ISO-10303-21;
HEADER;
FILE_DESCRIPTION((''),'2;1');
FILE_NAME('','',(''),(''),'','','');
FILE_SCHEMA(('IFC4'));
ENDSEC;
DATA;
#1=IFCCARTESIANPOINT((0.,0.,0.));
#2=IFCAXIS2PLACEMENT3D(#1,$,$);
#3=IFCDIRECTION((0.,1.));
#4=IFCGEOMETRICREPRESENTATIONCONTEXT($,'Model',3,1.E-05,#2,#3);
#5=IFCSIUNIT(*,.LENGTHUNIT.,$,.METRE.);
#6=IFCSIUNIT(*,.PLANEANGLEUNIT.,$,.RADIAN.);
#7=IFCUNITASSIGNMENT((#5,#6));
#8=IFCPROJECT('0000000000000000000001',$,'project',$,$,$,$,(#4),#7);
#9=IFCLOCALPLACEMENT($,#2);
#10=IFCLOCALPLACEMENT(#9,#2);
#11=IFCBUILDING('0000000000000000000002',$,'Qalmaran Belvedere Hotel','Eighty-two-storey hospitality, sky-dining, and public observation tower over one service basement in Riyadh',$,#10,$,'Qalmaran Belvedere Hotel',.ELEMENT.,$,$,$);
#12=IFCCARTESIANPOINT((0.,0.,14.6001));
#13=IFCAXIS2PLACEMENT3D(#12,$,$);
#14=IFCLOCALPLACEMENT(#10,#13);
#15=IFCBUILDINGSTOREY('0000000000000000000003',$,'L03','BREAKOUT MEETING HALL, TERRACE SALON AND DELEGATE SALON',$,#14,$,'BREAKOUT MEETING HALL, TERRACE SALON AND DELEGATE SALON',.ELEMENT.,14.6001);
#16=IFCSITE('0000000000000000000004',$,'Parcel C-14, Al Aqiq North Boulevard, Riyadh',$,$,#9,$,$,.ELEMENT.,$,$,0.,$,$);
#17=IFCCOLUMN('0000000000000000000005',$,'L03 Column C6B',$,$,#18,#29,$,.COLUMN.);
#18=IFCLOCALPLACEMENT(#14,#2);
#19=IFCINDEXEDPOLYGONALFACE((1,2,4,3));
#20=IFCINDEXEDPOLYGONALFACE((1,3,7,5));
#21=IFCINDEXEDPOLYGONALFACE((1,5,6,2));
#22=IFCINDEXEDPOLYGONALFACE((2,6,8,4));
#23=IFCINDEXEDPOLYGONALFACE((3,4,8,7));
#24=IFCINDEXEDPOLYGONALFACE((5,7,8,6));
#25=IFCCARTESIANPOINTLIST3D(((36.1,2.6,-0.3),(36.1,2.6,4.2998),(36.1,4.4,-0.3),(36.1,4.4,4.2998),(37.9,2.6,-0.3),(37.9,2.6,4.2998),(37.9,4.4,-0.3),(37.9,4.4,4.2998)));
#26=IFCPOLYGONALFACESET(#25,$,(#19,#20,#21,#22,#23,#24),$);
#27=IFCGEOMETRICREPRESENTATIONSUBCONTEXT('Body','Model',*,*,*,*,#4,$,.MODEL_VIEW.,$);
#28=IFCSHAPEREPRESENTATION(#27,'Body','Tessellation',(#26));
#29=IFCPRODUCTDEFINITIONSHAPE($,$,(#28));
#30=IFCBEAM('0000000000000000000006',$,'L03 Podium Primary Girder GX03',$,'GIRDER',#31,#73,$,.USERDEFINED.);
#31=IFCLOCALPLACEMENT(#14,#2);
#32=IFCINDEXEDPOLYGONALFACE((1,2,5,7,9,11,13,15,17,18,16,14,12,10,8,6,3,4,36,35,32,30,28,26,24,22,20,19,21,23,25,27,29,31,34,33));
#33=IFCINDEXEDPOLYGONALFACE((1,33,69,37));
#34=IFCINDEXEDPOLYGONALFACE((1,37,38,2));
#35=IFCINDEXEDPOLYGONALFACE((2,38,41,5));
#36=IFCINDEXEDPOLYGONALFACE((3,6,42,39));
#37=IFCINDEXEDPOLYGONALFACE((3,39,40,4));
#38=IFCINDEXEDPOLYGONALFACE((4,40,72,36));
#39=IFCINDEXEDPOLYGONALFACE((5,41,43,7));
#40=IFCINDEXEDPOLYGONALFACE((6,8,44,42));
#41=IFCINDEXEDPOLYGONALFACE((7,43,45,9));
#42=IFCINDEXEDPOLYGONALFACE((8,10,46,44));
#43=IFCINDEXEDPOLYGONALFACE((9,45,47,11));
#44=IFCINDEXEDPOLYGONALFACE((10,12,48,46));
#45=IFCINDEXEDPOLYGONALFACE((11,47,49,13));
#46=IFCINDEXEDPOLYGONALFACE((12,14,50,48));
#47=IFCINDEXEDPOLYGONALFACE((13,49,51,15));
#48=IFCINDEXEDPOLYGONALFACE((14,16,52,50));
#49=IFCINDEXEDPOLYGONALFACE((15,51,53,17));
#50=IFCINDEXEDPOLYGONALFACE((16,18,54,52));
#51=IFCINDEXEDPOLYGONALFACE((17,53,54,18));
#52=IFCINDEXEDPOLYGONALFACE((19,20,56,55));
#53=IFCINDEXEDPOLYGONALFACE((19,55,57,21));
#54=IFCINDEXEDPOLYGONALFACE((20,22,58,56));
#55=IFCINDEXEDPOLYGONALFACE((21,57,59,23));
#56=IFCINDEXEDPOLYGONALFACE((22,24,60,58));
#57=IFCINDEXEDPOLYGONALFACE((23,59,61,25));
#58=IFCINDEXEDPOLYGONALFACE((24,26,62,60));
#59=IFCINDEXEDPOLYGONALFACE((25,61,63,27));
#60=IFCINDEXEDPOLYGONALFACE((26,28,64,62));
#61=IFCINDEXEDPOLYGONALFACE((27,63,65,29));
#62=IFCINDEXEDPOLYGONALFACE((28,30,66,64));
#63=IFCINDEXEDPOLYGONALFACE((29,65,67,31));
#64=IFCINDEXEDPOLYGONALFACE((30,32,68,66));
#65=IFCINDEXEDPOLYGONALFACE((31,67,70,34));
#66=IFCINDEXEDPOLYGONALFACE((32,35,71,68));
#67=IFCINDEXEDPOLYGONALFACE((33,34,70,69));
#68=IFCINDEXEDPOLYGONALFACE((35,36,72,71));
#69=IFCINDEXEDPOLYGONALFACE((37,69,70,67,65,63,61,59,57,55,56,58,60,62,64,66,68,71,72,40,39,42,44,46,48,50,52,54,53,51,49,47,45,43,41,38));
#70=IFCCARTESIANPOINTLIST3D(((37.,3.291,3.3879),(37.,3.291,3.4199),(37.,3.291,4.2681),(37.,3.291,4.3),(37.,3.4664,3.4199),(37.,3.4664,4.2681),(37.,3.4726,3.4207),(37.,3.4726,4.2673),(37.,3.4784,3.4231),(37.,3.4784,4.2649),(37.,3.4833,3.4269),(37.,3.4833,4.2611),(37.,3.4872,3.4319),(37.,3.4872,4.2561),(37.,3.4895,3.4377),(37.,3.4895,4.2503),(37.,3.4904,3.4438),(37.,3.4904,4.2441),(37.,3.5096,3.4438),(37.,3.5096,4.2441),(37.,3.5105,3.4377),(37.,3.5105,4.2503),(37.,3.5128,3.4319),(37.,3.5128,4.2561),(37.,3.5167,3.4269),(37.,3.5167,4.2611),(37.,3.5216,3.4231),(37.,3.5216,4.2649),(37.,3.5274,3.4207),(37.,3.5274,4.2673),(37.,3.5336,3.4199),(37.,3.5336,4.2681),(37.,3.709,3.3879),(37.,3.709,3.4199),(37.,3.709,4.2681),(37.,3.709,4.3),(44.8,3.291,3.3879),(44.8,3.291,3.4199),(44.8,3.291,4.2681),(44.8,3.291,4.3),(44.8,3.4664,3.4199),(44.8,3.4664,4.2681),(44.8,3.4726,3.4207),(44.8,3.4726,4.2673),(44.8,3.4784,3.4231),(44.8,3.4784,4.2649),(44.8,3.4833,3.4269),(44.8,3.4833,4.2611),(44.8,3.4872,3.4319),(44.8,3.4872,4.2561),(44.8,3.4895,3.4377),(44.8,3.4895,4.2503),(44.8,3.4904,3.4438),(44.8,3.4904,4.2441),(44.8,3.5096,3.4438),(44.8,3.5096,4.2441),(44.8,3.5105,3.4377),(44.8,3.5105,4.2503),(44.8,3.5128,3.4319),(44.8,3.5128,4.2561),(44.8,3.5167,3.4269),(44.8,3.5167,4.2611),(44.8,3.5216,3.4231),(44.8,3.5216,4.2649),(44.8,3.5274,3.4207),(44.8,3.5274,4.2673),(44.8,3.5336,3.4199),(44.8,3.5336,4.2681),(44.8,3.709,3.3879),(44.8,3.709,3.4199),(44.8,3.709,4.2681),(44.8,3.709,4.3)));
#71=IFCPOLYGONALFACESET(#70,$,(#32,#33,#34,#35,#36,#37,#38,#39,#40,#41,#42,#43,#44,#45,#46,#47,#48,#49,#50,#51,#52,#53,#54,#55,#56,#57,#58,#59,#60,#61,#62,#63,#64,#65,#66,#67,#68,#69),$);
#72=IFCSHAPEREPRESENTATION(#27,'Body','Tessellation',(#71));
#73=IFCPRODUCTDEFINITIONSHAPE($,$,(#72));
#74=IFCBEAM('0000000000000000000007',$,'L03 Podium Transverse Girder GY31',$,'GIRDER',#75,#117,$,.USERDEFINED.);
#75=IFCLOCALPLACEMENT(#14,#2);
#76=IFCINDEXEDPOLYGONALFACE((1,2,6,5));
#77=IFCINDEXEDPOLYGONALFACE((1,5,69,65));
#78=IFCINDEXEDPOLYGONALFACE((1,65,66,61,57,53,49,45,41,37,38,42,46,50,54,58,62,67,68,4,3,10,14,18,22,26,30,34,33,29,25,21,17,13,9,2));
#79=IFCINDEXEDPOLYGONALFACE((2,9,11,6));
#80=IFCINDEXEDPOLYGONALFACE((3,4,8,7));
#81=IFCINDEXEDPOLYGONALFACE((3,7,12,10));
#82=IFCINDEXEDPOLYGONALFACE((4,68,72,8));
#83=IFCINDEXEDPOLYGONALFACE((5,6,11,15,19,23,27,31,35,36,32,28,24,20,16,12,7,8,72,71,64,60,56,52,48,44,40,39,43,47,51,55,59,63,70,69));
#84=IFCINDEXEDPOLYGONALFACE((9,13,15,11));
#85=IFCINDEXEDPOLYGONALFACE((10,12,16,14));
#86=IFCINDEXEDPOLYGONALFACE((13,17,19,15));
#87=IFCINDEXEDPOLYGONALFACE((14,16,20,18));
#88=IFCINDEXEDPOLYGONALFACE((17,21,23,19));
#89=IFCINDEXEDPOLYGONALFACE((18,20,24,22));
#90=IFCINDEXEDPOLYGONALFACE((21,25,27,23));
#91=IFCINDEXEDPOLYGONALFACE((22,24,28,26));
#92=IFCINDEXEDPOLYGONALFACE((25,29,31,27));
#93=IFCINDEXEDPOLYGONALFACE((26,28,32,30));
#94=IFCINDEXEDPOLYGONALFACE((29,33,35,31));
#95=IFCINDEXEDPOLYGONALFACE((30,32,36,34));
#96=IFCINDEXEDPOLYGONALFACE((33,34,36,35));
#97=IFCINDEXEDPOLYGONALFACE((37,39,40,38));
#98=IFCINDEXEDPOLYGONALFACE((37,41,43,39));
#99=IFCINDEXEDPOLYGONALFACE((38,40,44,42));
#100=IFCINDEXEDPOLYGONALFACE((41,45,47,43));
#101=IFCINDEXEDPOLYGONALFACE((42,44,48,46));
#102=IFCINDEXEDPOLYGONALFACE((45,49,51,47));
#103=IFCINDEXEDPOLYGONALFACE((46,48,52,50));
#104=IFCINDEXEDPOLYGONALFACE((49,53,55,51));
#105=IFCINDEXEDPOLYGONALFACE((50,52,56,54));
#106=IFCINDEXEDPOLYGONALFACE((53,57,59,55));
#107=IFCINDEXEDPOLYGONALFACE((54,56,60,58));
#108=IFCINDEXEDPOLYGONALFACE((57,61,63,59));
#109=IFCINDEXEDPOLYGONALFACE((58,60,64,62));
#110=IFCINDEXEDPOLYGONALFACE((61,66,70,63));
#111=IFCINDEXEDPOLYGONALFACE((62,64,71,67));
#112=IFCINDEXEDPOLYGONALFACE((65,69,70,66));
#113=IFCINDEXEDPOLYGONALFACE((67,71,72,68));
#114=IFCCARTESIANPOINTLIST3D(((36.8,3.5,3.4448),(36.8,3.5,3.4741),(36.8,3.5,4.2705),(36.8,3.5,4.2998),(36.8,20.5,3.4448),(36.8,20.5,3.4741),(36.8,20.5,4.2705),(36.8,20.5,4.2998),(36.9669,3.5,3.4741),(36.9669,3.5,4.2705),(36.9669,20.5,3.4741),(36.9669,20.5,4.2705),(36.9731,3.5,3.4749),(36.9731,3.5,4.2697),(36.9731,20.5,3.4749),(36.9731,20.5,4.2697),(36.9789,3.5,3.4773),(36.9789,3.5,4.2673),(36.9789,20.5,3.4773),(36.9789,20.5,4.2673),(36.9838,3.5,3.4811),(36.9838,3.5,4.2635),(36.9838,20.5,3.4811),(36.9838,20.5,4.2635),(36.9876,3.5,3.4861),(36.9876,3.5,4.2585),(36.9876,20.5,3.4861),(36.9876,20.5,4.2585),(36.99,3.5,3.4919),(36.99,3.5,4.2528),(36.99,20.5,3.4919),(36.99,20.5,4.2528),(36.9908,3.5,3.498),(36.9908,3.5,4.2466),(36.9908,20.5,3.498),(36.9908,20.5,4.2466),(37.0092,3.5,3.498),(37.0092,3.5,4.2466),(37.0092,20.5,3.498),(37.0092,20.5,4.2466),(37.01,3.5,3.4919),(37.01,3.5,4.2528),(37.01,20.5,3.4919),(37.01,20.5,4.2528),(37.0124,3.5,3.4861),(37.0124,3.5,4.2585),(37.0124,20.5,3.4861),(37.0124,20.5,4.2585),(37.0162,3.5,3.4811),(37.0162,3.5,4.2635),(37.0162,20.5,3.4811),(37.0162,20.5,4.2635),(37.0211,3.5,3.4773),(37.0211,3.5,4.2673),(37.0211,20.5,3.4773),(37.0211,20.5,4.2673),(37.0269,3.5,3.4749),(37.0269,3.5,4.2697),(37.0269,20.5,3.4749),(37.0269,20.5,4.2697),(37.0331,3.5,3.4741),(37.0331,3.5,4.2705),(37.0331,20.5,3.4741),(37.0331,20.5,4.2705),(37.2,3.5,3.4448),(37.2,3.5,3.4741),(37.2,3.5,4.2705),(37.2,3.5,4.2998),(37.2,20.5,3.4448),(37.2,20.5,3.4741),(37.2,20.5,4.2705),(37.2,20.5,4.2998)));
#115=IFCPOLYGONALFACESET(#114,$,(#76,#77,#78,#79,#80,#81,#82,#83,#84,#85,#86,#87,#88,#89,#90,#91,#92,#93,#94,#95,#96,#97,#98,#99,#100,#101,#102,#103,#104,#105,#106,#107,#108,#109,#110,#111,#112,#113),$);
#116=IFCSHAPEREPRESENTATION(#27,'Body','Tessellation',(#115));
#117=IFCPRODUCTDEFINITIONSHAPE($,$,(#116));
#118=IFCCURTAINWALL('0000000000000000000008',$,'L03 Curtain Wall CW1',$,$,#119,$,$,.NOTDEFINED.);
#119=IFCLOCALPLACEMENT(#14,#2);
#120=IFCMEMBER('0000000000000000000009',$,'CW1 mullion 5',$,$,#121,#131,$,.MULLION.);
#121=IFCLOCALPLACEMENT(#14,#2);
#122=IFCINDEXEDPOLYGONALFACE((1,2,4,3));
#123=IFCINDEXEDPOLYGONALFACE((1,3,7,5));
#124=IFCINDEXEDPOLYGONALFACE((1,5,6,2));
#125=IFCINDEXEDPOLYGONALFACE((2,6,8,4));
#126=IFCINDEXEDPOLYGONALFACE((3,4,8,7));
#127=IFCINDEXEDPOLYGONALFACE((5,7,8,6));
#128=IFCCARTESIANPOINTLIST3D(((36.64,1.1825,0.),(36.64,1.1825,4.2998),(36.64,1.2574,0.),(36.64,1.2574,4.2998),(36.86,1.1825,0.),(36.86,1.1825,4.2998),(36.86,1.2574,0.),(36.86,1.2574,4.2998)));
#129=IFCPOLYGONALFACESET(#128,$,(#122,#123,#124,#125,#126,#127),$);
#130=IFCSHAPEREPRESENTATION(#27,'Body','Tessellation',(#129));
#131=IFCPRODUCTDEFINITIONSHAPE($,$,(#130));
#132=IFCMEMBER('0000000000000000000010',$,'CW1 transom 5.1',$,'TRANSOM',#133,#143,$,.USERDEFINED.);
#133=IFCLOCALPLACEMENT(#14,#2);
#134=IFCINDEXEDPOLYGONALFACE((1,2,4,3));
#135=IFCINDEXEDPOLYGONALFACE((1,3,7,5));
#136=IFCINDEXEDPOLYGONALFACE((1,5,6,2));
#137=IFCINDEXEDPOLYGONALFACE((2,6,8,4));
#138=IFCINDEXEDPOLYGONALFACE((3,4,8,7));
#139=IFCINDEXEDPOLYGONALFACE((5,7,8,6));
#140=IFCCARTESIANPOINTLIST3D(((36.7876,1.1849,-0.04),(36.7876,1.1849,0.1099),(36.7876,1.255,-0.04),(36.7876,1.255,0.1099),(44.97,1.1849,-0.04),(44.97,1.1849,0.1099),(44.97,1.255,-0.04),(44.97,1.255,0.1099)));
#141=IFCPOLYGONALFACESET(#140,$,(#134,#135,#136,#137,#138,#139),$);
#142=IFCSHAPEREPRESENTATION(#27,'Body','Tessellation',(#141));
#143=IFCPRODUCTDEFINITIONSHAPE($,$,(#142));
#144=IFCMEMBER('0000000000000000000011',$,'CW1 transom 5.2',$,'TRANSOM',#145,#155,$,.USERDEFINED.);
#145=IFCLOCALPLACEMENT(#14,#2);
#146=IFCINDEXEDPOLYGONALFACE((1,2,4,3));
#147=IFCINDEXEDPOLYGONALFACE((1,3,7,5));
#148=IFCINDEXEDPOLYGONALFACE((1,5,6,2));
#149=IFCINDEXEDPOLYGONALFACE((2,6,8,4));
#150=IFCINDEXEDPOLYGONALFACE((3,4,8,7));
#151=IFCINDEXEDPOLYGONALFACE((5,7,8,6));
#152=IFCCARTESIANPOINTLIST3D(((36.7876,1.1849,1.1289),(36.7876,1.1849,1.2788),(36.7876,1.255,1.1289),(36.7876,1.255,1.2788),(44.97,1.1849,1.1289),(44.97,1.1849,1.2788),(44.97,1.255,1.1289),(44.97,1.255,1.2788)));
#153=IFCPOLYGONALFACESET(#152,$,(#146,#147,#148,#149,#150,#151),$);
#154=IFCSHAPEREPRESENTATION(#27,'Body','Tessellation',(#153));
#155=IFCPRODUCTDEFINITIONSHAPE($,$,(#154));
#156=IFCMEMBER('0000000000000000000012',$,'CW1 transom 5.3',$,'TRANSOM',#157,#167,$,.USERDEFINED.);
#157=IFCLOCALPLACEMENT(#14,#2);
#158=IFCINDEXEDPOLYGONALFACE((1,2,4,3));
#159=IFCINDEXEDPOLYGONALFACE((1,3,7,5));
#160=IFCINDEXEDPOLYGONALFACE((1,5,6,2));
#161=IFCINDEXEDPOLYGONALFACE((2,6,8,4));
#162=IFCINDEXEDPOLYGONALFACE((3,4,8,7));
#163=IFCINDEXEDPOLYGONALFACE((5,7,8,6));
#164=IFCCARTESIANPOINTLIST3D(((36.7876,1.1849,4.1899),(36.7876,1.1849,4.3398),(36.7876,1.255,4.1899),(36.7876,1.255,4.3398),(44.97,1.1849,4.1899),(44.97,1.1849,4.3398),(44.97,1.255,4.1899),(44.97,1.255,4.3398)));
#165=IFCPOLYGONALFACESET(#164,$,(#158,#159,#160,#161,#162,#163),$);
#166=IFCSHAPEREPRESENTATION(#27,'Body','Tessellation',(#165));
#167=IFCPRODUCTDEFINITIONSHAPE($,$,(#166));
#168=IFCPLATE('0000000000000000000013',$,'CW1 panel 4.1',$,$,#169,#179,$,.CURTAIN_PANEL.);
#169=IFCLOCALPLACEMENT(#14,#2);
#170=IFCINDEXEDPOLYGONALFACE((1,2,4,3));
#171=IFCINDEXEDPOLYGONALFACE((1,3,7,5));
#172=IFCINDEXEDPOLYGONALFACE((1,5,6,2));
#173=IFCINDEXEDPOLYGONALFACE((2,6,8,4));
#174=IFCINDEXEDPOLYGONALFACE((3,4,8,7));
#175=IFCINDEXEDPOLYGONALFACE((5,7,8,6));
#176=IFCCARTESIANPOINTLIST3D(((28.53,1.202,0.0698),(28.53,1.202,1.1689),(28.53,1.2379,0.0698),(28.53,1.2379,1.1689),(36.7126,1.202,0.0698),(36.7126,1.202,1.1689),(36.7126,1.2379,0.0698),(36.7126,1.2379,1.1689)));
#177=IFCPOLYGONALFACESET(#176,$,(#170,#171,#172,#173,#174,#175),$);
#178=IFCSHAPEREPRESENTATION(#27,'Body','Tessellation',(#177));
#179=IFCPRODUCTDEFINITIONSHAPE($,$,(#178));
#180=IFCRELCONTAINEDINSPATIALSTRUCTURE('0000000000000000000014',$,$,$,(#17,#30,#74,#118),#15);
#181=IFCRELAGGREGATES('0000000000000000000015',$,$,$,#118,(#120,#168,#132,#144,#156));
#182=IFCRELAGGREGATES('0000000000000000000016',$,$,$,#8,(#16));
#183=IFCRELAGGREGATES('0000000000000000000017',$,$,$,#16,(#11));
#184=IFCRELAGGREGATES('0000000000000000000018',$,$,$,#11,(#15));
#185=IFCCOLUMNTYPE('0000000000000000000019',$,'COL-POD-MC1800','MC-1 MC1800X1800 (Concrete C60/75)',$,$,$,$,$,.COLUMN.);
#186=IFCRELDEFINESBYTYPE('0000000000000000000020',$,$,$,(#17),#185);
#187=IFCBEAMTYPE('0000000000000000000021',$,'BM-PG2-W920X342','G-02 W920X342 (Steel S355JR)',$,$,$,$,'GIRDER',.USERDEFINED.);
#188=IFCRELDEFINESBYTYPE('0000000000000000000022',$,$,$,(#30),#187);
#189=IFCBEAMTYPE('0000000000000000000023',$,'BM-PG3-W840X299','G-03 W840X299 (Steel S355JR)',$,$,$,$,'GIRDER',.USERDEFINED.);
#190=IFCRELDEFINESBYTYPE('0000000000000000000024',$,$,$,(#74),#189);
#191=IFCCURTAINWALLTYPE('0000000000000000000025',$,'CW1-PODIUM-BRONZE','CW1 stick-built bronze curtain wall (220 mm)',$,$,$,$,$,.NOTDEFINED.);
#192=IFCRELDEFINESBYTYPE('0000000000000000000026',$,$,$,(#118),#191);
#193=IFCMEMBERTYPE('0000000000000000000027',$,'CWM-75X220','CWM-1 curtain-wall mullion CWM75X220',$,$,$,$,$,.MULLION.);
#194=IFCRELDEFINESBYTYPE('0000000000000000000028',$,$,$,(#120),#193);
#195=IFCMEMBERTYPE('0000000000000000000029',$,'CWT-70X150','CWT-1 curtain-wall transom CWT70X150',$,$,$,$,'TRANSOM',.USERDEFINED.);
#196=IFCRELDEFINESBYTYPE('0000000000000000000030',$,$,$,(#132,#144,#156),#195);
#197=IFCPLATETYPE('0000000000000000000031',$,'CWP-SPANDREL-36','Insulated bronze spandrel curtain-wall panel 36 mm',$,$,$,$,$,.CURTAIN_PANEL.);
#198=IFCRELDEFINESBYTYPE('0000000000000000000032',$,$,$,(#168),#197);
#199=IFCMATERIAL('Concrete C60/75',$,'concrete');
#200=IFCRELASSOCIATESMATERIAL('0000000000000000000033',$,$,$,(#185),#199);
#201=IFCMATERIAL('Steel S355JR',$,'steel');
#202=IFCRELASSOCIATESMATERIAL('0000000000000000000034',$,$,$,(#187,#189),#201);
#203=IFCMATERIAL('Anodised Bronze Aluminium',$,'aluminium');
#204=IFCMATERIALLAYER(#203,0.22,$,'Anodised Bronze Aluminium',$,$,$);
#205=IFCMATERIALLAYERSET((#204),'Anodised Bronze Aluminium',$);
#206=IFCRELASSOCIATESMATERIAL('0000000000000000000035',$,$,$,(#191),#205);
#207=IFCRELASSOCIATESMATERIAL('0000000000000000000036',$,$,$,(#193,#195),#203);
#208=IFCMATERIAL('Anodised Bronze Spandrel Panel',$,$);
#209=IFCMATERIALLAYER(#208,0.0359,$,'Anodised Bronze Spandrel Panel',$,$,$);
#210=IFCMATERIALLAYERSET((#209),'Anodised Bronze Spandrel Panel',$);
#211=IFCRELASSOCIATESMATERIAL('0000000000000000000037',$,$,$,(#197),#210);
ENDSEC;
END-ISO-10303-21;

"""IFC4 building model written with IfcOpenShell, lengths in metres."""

from ifc_helpers import new_model, si_unit, direction, frame, origin, origin_2d, place, context, subcontext, project, spatial, rectangle, i_section, extrude, material, layer, layer_set, material_profile, profile_set, type_object, element, aggregate, save


model = new_model("IFC4")

# Units and contexts
model_context = context("Model", 3, precision=1e-05, world=origin(), true_north=direction((0.0, 1.0)))
body_context = subcontext(model_context, "Body", "Model", "MODEL_VIEW")
ifc_project = project(units=[si_unit("LENGTHUNIT", "METRE"), si_unit("PLANEANGLEUNIT", "RADIAN")], contexts=[model_context])

# Site, building, storey
site_placement = place(None, origin())
site = spatial("IfcSite", under=ifc_project, at=site_placement, Name="Parcel C-14, Al Aqiq North Boulevard, Riyadh", CompositionType="ELEMENT", RefElevation=0.0)
building_placement = place(site_placement, origin())
building = spatial("IfcBuilding", under=site, at=building_placement, Name="Qalmaran Belvedere Hotel", Description="Eighty-two-storey hospitality, sky-dining, and public observation tower over one service basement in Riyadh", LongName="Qalmaran Belvedere Hotel", CompositionType="ELEMENT")
storey_placement = place(building_placement, frame((0.0, 0.0, 14.6001)))
storey = spatial("IfcBuildingStorey", under=building, at=storey_placement, Name="L03", Description="BREAKOUT MEETING HALL, TERRACE SALON AND DELEGATE SALON", LongName="BREAKOUT MEETING HALL, TERRACE SALON AND DELEGATE SALON", CompositionType="ELEMENT", Elevation=14.6001)

# Column
ifc_material_1 = material(Name="Concrete C60/75", Category="concrete")
ifc_material_profile_1 = material_profile(ifc_material_1, rectangle(XDim=1.8, YDim=1.8, at=origin_2d()), Name="MC1800X1800")
ifc_profile_set_1 = profile_set([ifc_material_profile_1], Name="Concrete C60/75")
column_type = type_object("IfcColumnType", Name="COL-POD-MC1800", Description="MC-1 MC1800X1800 (Concrete C60/75)", PredefinedType="COLUMN", material=ifc_profile_set_1)
column_placement = place(storey_placement, frame((37.0, 3.5, -0.3), z_axis=(0.0, 0.0, 1.0), x_axis=(1.0, 0.0, 0.0)))
element("IfcColumn", 1, at=column_placement, inside=storey, type_object=column_type, Name="L03 Column C6B", PredefinedType="COLUMN", context=body_context, shape_type="SweptSolid", body=[
    extrude(rectangle(XDim=1.8, YDim=1.8, at=origin_2d()), origin(), (0.0, 0.0, 1.0), 4.5999),
])

# Beams
ifc_material_2 = material(Name="Steel S355JR", Category="steel")
ifc_material_profile_2 = material_profile(ifc_material_2, i_section(OverallWidth=0.418, OverallDepth=0.9121, WebThickness=0.0193, FlangeThickness=0.032, FilletRadius=0.0239, at=origin_2d()), Name="W920X342")
ifc_profile_set_2 = profile_set([ifc_material_profile_2], Name="Steel S355JR")
beam_type_1 = type_object("IfcBeamType", Name="BM-PG2-W920X342", Description="G-02 W920X342 (Steel S355JR)", ElementType="GIRDER", PredefinedType="USERDEFINED", material=ifc_profile_set_2)
beam_1_placement = place(storey_placement, frame((37.0, 3.5, 3.844), z_axis=(1.0, 0.0, 0.0), x_axis=(0.0, 1.0, 0.0)))
element("IfcBeam", 2, at=beam_1_placement, inside=storey, type_object=beam_type_1, Name="L03 Podium Primary Girder GX03", ObjectType="GIRDER", PredefinedType="USERDEFINED", context=body_context, shape_type="SweptSolid", body=[
    extrude(i_section(OverallWidth=0.418, OverallDepth=0.9121, WebThickness=0.0193, FlangeThickness=0.032, FilletRadius=0.0239, at=origin_2d()), origin(), (0.0, 0.0, 1.0), 7.8),
])
ifc_material_profile_3 = material_profile(ifc_material_2, i_section(OverallWidth=0.3999, OverallDepth=0.855, WebThickness=0.0183, FlangeThickness=0.0293, FilletRadius=0.0239, at=origin_2d()), Name="W840X299")
ifc_profile_set_3 = profile_set([ifc_material_profile_3], Name="Steel S355JR")
beam_type_2 = type_object("IfcBeamType", Name="BM-PG3-W840X299", Description="G-03 W840X299 (Steel S355JR)", ElementType="GIRDER", PredefinedType="USERDEFINED", material=ifc_profile_set_3)
beam_2_placement = place(storey_placement, frame((37.0, 3.5, 3.8723), z_axis=(0.0, 1.0, 0.0), x_axis=(-1.0, 0.0, 0.0)))
element("IfcBeam", 3, at=beam_2_placement, inside=storey, type_object=beam_type_2, Name="L03 Podium Transverse Girder GY31", ObjectType="GIRDER", PredefinedType="USERDEFINED", context=body_context, shape_type="SweptSolid", body=[
    extrude(i_section(OverallWidth=0.3999, OverallDepth=0.855, WebThickness=0.0183, FlangeThickness=0.0293, FilletRadius=0.0239, at=origin_2d()), origin(), (0.0, 0.0, 1.0), 17.0),
])

# Curtain wall, members, plate
ifc_material_3 = material(Name="Anodised Bronze Aluminium", Category="aluminium")
ifc_layer_1 = layer(ifc_material_3, 0.22, Name="Anodised Bronze Aluminium")
ifc_layer_set_1 = layer_set([ifc_layer_1], Name="Anodised Bronze Aluminium")
curtain_wall_type = type_object("IfcCurtainWallType", Name="CW1-PODIUM-BRONZE", Description="CW1 stick-built bronze curtain wall (220 mm)", PredefinedType="NOTDEFINED", material=ifc_layer_set_1)
curtain_wall_placement = place(storey_placement, origin())
curtain_wall = element("IfcCurtainWall", 4, at=curtain_wall_placement, inside=storey, type_object=curtain_wall_type, Name="L03 Curtain Wall CW1", PredefinedType="NOTDEFINED")
ifc_material_profile_4 = material_profile(ifc_material_3, rectangle(XDim=0.075, YDim=0.22, at=origin_2d()), Name="CWM75X220")
ifc_profile_set_4 = profile_set([ifc_material_profile_4], Name="Anodised Bronze Aluminium")
member_type_1 = type_object("IfcMemberType", Name="CWM-75X220", Description="CWM-1 curtain-wall mullion CWM75X220", PredefinedType="MULLION", material=ifc_profile_set_4)
member_1_placement = place(storey_placement, frame((36.75, 1.22, 0.0), z_axis=(0.0, 0.0, 1.0), x_axis=(0.0, 1.0, 0.0)))
member_1 = element("IfcMember", 5, at=member_1_placement, type_object=member_type_1, Name="CW1 mullion 5", PredefinedType="MULLION", context=body_context, shape_type="SweptSolid", body=[
    extrude(rectangle(XDim=0.075, YDim=0.22, at=origin_2d()), origin(), (0.0, 0.0, 1.0), 4.2998),
])
ifc_material_profile_5 = material_profile(ifc_material_3, rectangle(XDim=0.0701, YDim=0.1499, at=origin_2d()), Name="CWT70X150")
ifc_profile_set_5 = profile_set([ifc_material_profile_5], Name="Anodised Bronze Aluminium")
member_type_2 = type_object("IfcMemberType", Name="CWT-70X150", Description="CWT-1 curtain-wall transom CWT70X150", ElementType="TRANSOM", PredefinedType="USERDEFINED", material=ifc_profile_set_5)
member_2_placement = place(storey_placement, frame((36.7876, 1.22, 0.0349), z_axis=(1.0, 0.0, 0.0), x_axis=(0.0, 1.0, 0.0)))
member_2 = element("IfcMember", 6, at=member_2_placement, type_object=member_type_2, Name="CW1 transom 5.1", ObjectType="TRANSOM", PredefinedType="USERDEFINED", context=body_context, shape_type="SweptSolid", body=[
    extrude(rectangle(XDim=0.0701, YDim=0.1499, at=origin_2d()), origin(), (0.0, 0.0, 1.0), 8.1824),
])
member_3_placement = place(storey_placement, frame((36.7876, 1.22, 1.2039), z_axis=(1.0, 0.0, 0.0), x_axis=(0.0, 1.0, 0.0)))
member_3 = element("IfcMember", 7, at=member_3_placement, type_object=member_type_2, Name="CW1 transom 5.2", ObjectType="TRANSOM", PredefinedType="USERDEFINED", context=body_context, shape_type="SweptSolid", body=[
    extrude(rectangle(XDim=0.0701, YDim=0.1499, at=origin_2d()), origin(), (0.0, 0.0, 1.0), 8.1824),
])
member_4_placement = place(storey_placement, frame((36.7876, 1.22, 4.2649), z_axis=(1.0, 0.0, 0.0), x_axis=(0.0, 1.0, 0.0)))
member_4 = element("IfcMember", 8, at=member_4_placement, type_object=member_type_2, Name="CW1 transom 5.3", ObjectType="TRANSOM", PredefinedType="USERDEFINED", context=body_context, shape_type="SweptSolid", body=[
    extrude(rectangle(XDim=0.0701, YDim=0.1499, at=origin_2d()), origin(), (0.0, 0.0, 1.0), 8.1824),
])
ifc_material_4 = material(Name="Anodised Bronze Spandrel Panel")
ifc_layer_2 = layer(ifc_material_4, 0.0359, Name="Anodised Bronze Spandrel Panel")
ifc_layer_set_2 = layer_set([ifc_layer_2], Name="Anodised Bronze Spandrel Panel")
plate_type_1 = type_object("IfcPlateType", Name="CWP-SPANDREL-36", Description="Insulated bronze spandrel curtain-wall panel 36 mm", PredefinedType="CURTAIN_PANEL", material=ifc_layer_set_2)
plate_1_placement = place(storey_placement, frame((32.6213, 1.22, 0.0698), z_axis=(0.0, 0.0, 1.0), x_axis=(1.0, 0.0, 0.0)))
plate_1 = element("IfcPlate", 9, at=plate_1_placement, type_object=plate_type_1, Name="CW1 panel 4.1", PredefinedType="CURTAIN_PANEL", context=body_context, shape_type="SweptSolid", body=[
    extrude(rectangle(XDim=8.1826, YDim=0.0359, at=origin_2d()), origin(), (0.0, 0.0, 1.0), 1.0991),
])
aggregate(curtain_wall, [member_1, plate_1, member_2, member_3, member_4])

save(model, "model.ifc")
